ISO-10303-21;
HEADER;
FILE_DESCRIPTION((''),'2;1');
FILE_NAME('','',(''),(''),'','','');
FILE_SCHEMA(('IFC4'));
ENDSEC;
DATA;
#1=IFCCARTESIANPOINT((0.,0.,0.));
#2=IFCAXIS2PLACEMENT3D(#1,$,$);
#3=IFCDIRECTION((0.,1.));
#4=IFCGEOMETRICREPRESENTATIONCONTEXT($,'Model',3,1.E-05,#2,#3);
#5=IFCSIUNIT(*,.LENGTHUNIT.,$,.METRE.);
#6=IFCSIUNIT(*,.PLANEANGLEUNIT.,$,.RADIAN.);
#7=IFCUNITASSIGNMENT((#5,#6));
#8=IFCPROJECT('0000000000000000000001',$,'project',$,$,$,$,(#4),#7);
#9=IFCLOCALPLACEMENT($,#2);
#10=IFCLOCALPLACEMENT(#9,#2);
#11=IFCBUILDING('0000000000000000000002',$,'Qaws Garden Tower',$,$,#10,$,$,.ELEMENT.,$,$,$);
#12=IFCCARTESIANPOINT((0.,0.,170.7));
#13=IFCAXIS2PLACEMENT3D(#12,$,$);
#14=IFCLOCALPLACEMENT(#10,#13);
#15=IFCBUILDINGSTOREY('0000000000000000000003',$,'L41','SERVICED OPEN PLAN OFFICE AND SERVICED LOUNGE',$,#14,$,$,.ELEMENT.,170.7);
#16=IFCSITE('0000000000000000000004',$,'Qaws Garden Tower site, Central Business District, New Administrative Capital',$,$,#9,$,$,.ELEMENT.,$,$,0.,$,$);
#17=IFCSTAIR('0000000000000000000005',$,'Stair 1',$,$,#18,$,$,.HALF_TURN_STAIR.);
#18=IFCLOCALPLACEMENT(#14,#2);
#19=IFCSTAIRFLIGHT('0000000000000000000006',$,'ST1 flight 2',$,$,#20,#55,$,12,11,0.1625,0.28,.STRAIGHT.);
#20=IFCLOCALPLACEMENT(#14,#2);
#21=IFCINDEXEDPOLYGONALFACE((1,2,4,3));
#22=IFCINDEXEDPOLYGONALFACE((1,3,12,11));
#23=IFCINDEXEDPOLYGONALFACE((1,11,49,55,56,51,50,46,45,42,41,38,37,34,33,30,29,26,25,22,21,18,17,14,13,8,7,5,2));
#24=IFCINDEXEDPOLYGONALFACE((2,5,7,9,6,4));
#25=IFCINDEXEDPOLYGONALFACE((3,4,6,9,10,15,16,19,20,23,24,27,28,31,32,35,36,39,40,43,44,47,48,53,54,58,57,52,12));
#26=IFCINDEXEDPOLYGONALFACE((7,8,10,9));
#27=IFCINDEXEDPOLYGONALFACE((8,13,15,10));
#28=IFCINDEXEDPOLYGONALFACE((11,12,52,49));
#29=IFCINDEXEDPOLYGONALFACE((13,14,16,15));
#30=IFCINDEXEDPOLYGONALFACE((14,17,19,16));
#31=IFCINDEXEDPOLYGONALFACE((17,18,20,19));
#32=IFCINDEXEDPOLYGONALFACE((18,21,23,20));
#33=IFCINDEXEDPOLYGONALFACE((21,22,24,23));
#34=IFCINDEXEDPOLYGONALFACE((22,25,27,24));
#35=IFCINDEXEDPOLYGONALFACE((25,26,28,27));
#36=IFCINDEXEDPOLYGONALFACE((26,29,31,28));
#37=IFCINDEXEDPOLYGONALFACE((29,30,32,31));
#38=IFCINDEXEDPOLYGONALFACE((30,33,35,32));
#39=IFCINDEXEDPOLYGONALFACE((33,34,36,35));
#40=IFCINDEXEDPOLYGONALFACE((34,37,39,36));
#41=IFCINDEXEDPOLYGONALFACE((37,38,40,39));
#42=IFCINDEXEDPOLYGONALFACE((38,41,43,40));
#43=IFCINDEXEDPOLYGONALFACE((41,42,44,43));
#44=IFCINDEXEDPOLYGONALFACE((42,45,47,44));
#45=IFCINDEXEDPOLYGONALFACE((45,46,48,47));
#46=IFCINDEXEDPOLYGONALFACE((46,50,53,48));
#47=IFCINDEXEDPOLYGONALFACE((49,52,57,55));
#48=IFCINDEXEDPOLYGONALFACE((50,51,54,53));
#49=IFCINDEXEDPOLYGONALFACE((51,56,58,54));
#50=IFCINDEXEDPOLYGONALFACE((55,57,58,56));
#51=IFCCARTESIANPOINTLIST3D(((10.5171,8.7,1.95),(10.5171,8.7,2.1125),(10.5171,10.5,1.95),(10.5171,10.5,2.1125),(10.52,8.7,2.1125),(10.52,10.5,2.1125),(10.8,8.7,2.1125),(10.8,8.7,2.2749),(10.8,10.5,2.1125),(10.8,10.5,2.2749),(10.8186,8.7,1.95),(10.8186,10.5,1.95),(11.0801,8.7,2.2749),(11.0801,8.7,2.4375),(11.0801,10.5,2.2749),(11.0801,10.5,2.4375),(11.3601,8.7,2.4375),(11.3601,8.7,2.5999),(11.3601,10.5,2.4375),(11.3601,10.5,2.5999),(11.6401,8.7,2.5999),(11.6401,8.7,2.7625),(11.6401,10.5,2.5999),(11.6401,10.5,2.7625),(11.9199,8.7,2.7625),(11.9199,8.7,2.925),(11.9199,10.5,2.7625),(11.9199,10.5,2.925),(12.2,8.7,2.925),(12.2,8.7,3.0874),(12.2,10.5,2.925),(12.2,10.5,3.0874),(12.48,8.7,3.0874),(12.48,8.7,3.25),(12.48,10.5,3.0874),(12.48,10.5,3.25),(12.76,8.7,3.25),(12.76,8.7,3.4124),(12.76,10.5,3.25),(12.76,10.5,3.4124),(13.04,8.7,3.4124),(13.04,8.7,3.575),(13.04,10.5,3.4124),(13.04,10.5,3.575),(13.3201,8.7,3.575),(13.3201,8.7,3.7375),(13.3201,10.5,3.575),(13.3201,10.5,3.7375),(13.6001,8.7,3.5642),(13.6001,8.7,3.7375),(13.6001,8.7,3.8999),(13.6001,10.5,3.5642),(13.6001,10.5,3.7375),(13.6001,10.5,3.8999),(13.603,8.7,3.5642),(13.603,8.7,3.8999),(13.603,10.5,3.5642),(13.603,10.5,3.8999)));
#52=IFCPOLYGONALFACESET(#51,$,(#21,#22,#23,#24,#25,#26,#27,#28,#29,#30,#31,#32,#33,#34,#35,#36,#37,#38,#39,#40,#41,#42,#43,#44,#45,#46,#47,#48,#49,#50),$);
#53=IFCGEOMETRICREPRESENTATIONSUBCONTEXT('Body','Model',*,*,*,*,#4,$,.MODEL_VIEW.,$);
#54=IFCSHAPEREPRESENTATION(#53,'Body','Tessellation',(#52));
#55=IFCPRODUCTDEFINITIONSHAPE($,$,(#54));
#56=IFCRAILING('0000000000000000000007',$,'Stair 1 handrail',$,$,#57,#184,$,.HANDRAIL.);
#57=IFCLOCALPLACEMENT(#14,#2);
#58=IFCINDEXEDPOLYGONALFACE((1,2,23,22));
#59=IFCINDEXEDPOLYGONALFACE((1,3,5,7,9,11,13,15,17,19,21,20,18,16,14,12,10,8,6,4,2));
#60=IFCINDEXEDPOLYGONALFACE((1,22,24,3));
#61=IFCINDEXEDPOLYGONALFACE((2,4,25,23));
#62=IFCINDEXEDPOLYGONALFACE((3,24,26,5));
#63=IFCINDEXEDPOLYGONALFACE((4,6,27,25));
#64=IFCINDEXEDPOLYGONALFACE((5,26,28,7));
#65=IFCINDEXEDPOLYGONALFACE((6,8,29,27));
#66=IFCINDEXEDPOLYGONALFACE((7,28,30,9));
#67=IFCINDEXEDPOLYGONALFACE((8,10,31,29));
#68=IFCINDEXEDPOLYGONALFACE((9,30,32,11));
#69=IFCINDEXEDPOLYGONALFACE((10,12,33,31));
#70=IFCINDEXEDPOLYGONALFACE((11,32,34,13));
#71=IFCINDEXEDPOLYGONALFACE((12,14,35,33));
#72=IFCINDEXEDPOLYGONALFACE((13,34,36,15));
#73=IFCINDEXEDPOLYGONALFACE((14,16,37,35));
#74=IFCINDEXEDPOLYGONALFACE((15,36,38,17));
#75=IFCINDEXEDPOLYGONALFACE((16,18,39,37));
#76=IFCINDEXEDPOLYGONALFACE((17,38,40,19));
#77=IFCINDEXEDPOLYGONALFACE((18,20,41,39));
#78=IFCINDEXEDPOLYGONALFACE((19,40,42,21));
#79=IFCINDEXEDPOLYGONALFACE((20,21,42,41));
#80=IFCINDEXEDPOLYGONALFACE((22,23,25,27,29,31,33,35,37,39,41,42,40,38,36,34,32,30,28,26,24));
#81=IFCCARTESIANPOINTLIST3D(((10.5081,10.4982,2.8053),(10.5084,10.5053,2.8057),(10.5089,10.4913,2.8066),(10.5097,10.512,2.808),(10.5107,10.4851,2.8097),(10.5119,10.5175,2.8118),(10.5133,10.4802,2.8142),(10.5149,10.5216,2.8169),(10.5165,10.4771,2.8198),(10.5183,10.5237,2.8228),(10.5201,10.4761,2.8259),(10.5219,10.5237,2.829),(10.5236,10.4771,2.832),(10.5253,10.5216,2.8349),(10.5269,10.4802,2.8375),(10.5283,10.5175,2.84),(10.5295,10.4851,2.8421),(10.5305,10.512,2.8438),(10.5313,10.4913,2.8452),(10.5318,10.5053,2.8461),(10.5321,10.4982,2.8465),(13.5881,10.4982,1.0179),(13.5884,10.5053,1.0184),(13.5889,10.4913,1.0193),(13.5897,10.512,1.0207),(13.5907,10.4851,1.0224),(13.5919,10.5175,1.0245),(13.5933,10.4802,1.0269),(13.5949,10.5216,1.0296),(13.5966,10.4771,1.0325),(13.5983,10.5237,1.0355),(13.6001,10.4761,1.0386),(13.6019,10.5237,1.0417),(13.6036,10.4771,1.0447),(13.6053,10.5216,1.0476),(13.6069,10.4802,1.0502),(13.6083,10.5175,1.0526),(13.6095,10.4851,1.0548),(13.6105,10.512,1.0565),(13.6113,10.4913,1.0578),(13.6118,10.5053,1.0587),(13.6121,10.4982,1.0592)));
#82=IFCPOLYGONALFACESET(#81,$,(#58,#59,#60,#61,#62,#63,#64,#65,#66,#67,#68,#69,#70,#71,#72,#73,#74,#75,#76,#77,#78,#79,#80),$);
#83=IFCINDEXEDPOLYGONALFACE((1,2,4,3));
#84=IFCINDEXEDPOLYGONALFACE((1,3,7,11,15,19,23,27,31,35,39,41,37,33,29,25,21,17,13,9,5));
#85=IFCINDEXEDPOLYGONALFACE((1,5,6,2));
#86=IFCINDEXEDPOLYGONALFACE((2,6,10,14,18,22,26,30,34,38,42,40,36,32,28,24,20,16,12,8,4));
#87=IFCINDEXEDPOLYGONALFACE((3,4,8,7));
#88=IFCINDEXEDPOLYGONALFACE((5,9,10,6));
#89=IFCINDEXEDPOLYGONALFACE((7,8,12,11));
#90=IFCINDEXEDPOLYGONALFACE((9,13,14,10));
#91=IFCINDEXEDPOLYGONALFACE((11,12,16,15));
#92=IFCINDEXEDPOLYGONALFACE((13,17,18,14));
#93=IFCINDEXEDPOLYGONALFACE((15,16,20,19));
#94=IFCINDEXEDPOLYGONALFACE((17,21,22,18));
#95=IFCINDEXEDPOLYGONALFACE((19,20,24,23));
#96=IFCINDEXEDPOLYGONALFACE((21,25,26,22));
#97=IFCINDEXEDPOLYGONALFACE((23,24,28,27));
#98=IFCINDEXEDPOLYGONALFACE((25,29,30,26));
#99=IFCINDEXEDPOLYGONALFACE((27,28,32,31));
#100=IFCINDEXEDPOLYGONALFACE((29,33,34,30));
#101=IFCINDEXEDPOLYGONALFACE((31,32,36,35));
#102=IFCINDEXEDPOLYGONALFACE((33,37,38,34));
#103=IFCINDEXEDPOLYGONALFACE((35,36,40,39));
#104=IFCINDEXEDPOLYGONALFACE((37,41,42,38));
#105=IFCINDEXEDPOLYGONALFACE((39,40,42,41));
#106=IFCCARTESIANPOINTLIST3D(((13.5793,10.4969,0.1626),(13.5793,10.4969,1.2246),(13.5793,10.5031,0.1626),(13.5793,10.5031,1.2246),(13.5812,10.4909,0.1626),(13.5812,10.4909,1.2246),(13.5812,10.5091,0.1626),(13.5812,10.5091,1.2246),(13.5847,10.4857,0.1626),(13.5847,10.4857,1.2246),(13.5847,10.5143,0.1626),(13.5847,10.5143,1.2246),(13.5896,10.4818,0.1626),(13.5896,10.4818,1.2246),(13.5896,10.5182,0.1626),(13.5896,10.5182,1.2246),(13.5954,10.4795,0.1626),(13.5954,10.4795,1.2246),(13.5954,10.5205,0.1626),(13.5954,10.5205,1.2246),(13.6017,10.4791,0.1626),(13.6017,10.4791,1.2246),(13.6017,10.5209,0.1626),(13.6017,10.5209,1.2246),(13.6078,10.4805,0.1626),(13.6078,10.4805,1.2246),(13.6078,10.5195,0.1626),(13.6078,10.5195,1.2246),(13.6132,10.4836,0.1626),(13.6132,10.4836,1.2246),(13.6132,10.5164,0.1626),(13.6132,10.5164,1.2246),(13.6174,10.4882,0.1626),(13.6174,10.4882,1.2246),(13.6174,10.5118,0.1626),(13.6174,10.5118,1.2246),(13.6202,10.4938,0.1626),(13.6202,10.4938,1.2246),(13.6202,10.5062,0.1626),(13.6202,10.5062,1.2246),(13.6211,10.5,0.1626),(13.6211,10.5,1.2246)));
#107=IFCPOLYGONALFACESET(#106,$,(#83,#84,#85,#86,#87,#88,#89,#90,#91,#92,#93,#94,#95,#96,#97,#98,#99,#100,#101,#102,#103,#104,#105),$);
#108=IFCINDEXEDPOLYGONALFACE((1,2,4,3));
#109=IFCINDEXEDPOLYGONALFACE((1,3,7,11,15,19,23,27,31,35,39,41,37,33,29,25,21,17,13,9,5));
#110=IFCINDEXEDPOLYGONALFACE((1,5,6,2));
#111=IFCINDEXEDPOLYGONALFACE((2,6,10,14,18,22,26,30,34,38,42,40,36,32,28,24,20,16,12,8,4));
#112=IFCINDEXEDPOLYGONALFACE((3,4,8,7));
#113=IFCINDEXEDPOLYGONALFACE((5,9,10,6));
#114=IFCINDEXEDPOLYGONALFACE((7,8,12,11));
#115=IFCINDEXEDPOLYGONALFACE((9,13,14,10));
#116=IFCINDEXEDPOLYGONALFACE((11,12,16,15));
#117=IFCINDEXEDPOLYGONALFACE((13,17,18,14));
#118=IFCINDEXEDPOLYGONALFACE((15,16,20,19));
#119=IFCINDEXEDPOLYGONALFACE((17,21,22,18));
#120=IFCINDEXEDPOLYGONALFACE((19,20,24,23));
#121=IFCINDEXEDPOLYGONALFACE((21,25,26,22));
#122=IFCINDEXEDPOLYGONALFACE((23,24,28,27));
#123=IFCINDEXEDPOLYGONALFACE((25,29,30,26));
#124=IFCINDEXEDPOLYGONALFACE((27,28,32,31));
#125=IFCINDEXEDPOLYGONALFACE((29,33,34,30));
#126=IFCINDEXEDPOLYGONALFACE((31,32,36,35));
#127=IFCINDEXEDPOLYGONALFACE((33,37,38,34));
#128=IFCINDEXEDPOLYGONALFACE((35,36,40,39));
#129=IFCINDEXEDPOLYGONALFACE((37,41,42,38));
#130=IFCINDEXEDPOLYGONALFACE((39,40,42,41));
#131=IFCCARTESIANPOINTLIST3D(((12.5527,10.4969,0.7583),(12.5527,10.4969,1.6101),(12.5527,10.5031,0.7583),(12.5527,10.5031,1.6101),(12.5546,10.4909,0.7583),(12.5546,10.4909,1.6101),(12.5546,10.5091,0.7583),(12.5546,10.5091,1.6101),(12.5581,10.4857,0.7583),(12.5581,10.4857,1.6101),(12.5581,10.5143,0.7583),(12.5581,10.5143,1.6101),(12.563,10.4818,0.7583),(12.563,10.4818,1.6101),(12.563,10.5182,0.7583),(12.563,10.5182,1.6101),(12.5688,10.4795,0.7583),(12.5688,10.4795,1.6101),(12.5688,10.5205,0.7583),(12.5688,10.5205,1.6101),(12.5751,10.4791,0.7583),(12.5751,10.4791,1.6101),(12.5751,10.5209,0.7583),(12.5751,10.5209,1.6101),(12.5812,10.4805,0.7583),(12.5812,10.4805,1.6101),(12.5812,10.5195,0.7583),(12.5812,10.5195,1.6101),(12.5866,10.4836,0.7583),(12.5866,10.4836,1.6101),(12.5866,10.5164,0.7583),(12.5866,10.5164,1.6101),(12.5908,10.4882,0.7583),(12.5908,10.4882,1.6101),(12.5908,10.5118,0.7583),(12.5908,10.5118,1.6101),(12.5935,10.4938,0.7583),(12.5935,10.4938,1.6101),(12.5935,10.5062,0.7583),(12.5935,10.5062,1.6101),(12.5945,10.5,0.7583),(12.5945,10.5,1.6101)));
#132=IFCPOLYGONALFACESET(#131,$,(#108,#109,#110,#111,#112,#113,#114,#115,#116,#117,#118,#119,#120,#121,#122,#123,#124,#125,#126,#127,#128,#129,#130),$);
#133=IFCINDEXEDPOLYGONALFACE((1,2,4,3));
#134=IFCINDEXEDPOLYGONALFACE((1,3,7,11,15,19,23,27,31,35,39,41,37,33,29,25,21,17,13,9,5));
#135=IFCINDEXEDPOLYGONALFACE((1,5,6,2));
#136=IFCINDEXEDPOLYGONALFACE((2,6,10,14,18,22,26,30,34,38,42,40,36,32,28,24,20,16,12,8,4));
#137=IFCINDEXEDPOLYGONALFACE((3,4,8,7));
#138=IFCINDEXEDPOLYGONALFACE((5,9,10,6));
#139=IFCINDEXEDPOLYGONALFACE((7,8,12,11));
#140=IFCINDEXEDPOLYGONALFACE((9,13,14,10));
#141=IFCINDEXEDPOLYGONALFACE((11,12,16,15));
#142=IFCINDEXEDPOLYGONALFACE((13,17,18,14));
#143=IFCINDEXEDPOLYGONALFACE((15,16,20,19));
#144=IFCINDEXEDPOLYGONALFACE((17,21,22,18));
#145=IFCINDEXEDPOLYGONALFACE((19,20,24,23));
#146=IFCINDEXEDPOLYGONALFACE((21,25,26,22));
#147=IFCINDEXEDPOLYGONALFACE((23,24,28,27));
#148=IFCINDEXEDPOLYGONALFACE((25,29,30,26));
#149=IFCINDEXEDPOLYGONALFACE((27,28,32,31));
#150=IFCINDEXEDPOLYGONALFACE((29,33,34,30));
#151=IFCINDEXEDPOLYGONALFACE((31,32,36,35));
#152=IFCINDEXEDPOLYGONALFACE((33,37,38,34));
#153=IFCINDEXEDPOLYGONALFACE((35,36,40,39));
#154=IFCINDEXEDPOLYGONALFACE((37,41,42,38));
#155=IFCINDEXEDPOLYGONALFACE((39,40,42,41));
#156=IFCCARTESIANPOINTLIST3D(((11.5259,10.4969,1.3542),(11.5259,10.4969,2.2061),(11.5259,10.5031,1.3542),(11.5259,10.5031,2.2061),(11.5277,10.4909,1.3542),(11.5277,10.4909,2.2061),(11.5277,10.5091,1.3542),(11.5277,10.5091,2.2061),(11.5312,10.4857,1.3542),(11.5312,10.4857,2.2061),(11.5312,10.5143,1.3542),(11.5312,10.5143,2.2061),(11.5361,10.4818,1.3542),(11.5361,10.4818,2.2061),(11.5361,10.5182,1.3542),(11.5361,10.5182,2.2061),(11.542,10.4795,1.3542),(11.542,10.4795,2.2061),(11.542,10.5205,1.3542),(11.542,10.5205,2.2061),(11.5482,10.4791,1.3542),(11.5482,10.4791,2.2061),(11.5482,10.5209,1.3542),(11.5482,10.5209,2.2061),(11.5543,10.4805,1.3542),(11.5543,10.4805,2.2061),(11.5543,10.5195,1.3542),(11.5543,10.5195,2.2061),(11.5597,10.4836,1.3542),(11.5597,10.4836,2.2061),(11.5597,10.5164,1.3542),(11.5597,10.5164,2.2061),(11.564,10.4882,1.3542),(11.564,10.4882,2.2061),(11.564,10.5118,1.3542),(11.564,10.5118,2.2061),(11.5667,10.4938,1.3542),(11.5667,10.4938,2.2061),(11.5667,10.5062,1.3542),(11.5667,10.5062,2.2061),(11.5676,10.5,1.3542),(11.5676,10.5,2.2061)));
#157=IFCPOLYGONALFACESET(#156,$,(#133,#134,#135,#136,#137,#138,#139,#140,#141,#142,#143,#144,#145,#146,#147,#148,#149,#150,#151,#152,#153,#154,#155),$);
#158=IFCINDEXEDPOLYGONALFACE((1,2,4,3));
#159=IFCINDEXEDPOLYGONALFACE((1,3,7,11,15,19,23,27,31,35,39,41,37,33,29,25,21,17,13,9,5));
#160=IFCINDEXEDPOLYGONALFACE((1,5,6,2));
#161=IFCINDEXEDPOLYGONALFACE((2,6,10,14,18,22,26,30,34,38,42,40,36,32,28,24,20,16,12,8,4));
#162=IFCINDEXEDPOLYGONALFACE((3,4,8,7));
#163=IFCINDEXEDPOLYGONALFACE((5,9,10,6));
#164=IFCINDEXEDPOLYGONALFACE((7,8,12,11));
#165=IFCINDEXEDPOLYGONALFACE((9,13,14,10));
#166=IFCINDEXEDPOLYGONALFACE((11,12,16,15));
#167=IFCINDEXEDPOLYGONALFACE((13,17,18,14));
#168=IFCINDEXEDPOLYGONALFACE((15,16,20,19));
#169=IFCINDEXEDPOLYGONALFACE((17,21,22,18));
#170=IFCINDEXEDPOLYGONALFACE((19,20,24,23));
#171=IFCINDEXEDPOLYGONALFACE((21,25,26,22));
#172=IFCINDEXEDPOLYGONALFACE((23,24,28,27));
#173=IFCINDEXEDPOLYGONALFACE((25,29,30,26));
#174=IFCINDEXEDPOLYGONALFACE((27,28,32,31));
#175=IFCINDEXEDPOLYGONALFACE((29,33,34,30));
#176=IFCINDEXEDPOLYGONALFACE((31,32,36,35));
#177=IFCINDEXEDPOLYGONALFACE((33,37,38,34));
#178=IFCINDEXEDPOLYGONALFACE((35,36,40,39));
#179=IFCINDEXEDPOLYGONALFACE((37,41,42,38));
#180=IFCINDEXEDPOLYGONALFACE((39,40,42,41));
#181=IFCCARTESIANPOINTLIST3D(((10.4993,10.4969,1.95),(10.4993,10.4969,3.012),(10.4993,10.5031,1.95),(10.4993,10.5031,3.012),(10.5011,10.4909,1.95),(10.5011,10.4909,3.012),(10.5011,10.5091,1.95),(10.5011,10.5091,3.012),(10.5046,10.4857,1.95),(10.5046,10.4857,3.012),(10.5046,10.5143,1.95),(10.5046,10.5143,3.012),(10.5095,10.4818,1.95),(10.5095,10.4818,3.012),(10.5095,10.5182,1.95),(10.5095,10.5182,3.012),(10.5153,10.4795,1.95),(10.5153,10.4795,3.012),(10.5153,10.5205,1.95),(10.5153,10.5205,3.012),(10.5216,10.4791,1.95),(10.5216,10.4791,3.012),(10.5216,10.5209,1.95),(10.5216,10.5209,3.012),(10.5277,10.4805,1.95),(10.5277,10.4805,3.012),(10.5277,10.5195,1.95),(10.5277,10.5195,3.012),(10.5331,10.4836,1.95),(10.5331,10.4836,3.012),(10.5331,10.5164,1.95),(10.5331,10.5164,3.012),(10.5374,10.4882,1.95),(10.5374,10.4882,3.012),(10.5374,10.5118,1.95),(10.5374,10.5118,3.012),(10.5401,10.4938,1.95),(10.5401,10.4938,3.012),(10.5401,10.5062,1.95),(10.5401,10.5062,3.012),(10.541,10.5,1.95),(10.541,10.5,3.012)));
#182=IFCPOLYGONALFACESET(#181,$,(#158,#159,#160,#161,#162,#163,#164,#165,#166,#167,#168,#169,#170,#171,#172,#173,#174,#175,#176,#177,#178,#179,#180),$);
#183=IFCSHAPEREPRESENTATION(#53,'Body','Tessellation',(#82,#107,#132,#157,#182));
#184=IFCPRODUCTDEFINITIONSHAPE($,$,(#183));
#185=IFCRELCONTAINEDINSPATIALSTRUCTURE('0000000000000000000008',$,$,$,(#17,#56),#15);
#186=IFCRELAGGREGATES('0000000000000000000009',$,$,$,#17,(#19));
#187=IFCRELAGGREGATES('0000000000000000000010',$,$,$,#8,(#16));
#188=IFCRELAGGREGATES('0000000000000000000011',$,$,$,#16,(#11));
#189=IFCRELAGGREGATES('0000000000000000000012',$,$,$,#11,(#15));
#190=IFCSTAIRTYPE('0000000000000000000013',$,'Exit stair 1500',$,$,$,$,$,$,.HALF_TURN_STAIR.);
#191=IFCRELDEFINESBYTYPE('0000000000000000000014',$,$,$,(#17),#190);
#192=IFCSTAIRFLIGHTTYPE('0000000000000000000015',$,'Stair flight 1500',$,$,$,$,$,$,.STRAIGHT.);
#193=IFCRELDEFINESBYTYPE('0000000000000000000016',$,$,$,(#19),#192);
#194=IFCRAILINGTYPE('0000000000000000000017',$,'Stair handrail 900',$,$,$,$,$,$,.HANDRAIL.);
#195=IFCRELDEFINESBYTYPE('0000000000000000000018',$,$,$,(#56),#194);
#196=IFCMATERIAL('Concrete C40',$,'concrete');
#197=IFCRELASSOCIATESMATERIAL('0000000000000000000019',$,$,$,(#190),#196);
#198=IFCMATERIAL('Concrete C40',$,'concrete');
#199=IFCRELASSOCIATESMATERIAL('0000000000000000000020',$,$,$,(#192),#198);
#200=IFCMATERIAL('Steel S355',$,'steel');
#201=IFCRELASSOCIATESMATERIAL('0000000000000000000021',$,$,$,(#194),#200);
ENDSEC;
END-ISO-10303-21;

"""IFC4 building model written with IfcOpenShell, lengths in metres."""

from ifc_helpers import new_model, si_unit, direction, frame, origin, origin_2d, place, context, subcontext, project, spatial, polyline, circle, outline, extrude, material, type_object, element, aggregate, save


model = new_model("IFC4")

# Units and contexts
model_context = context("Model", 3, precision=1e-05, world=origin(), true_north=direction((0.0, 1.0)))
body_context = subcontext(model_context, "Body", "Model", "MODEL_VIEW")
ifc_project = project(units=[si_unit("LENGTHUNIT", "METRE"), si_unit("PLANEANGLEUNIT", "RADIAN")], contexts=[model_context])

# Site, building, storey
site_placement = place(None, origin())
site = spatial("IfcSite", under=ifc_project, at=site_placement, Name="Qaws Garden Tower site, Central Business District, New Administrative Capital", CompositionType="ELEMENT", RefElevation=0.0)
building_placement = place(site_placement, origin())
building = spatial("IfcBuilding", under=site, at=building_placement, Name="Qaws Garden Tower", CompositionType="ELEMENT")
storey_placement = place(building_placement, frame((0.0, 0.0, 170.7)))
storey = spatial("IfcBuildingStorey", under=building, at=storey_placement, Name="L41", Description="SERVICED OPEN PLAN OFFICE AND SERVICED LOUNGE", CompositionType="ELEMENT", Elevation=170.7)

# Stair, stair flight
ifc_material_1 = material(Name="Concrete C40", Category="concrete")
stair_type = type_object("IfcStairType", Name="Exit stair 1500", PredefinedType="HALF_TURN_STAIR", material=ifc_material_1)
stair_placement = place(storey_placement, origin())
stair = element("IfcStair", 1, at=stair_placement, inside=storey, type_object=stair_type, Name="Stair 1", PredefinedType="HALF_TURN_STAIR")
ifc_material_2 = material(Name="Concrete C40", Category="concrete")
stair_flight_type = type_object("IfcStairFlightType", Name="Stair flight 1500", PredefinedType="STRAIGHT", material=ifc_material_2)
stair_flight_1_placement = place(storey_placement, frame((10.52, 9.6001, 1.95), z_axis=(0.0, 0.0, 1.0), x_axis=(1.0, 0.0, 0.0)))
stair_flight_1 = element("IfcStairFlight", 2, at=stair_flight_1_placement, type_object=stair_flight_type, Name="ST1 flight 2", NumberOfRisers=12, NumberOfTreads=11, PredefinedType="STRAIGHT", RiserHeight=0.1625, TreadLength=0.28, context=body_context, shape_type="SweptSolid", body=[
    extrude(outline(polyline([(-0.0029, 0.0), (-0.0029, 0.1626), (0.0, 0.1626), (0.28, 0.1626), (0.28, 0.325), (0.5601, 0.325), (0.5601, 0.4875), (0.8401, 0.4875), (0.8401, 0.6499), (1.1201, 0.6499), (1.1201, 0.8125), (1.3999, 0.8125), (1.3999, 0.9751), (1.6799, 0.9751), (1.6799, 1.1375), (1.96, 1.1375), (1.96, 1.3), (2.24, 1.3), (2.24, 1.4624), (2.52, 1.4624), (2.52, 1.625), (2.8, 1.625), (2.8, 1.7876), (3.0801, 1.7876), (3.0801, 1.95), (3.083, 1.95), (3.083, 1.6143), (3.0801, 1.6143), (0.2986, 0.0), (-0.0029, 0.0)])), frame((0.0, 0.8999, 0.0), z_axis=(0.0, -1.0, 0.0), x_axis=(1.0, 0.0, 0.0)), (0.0, 0.0, 1.0), 1.8),
])
aggregate(stair, [stair_flight_1])

# Railing
ifc_material_3 = material(Name="Steel S355", Category="steel")
railing_type = type_object("IfcRailingType", Name="Stair handrail 900", PredefinedType="HANDRAIL", material=ifc_material_3)
railing_1_placement = place(storey_placement, frame((13.6001, 10.5, 0.1626)))
element("IfcRailing", 3, at=railing_1_placement, inside=storey, type_object=railing_type, Name="Stair 1 handrail", PredefinedType="HANDRAIL", context=body_context, shape_type="SweptSolid", body=[
    extrude(circle(Radius=0.0239, at=origin_2d()), frame((0.0, 0.0, 0.876), z_axis=(-0.86492, 0.0, 0.501909), x_axis=(0.0, -1.0, 0.0)), (0.0, 0.0, 1.0), 3.561),
    extrude(circle(Radius=0.021, at=origin_2d()), origin(), (0.0, 0.0, 1.0), 1.062),
    extrude(circle(Radius=0.021, at=origin_2d()), frame((-1.0266, 0.0, 0.5957)), (0.0, 0.0, 1.0), 0.8518),
    extrude(circle(Radius=0.021, at=origin_2d()), frame((-2.0535, 0.0, 1.1917)), (0.0, 0.0, 1.0), 0.8518),
    extrude(circle(Radius=0.021, at=origin_2d()), frame((-3.0801, 0.0, 1.7874)), (0.0, 0.0, 1.0), 1.062),
])

save(model, "model.ifc")
